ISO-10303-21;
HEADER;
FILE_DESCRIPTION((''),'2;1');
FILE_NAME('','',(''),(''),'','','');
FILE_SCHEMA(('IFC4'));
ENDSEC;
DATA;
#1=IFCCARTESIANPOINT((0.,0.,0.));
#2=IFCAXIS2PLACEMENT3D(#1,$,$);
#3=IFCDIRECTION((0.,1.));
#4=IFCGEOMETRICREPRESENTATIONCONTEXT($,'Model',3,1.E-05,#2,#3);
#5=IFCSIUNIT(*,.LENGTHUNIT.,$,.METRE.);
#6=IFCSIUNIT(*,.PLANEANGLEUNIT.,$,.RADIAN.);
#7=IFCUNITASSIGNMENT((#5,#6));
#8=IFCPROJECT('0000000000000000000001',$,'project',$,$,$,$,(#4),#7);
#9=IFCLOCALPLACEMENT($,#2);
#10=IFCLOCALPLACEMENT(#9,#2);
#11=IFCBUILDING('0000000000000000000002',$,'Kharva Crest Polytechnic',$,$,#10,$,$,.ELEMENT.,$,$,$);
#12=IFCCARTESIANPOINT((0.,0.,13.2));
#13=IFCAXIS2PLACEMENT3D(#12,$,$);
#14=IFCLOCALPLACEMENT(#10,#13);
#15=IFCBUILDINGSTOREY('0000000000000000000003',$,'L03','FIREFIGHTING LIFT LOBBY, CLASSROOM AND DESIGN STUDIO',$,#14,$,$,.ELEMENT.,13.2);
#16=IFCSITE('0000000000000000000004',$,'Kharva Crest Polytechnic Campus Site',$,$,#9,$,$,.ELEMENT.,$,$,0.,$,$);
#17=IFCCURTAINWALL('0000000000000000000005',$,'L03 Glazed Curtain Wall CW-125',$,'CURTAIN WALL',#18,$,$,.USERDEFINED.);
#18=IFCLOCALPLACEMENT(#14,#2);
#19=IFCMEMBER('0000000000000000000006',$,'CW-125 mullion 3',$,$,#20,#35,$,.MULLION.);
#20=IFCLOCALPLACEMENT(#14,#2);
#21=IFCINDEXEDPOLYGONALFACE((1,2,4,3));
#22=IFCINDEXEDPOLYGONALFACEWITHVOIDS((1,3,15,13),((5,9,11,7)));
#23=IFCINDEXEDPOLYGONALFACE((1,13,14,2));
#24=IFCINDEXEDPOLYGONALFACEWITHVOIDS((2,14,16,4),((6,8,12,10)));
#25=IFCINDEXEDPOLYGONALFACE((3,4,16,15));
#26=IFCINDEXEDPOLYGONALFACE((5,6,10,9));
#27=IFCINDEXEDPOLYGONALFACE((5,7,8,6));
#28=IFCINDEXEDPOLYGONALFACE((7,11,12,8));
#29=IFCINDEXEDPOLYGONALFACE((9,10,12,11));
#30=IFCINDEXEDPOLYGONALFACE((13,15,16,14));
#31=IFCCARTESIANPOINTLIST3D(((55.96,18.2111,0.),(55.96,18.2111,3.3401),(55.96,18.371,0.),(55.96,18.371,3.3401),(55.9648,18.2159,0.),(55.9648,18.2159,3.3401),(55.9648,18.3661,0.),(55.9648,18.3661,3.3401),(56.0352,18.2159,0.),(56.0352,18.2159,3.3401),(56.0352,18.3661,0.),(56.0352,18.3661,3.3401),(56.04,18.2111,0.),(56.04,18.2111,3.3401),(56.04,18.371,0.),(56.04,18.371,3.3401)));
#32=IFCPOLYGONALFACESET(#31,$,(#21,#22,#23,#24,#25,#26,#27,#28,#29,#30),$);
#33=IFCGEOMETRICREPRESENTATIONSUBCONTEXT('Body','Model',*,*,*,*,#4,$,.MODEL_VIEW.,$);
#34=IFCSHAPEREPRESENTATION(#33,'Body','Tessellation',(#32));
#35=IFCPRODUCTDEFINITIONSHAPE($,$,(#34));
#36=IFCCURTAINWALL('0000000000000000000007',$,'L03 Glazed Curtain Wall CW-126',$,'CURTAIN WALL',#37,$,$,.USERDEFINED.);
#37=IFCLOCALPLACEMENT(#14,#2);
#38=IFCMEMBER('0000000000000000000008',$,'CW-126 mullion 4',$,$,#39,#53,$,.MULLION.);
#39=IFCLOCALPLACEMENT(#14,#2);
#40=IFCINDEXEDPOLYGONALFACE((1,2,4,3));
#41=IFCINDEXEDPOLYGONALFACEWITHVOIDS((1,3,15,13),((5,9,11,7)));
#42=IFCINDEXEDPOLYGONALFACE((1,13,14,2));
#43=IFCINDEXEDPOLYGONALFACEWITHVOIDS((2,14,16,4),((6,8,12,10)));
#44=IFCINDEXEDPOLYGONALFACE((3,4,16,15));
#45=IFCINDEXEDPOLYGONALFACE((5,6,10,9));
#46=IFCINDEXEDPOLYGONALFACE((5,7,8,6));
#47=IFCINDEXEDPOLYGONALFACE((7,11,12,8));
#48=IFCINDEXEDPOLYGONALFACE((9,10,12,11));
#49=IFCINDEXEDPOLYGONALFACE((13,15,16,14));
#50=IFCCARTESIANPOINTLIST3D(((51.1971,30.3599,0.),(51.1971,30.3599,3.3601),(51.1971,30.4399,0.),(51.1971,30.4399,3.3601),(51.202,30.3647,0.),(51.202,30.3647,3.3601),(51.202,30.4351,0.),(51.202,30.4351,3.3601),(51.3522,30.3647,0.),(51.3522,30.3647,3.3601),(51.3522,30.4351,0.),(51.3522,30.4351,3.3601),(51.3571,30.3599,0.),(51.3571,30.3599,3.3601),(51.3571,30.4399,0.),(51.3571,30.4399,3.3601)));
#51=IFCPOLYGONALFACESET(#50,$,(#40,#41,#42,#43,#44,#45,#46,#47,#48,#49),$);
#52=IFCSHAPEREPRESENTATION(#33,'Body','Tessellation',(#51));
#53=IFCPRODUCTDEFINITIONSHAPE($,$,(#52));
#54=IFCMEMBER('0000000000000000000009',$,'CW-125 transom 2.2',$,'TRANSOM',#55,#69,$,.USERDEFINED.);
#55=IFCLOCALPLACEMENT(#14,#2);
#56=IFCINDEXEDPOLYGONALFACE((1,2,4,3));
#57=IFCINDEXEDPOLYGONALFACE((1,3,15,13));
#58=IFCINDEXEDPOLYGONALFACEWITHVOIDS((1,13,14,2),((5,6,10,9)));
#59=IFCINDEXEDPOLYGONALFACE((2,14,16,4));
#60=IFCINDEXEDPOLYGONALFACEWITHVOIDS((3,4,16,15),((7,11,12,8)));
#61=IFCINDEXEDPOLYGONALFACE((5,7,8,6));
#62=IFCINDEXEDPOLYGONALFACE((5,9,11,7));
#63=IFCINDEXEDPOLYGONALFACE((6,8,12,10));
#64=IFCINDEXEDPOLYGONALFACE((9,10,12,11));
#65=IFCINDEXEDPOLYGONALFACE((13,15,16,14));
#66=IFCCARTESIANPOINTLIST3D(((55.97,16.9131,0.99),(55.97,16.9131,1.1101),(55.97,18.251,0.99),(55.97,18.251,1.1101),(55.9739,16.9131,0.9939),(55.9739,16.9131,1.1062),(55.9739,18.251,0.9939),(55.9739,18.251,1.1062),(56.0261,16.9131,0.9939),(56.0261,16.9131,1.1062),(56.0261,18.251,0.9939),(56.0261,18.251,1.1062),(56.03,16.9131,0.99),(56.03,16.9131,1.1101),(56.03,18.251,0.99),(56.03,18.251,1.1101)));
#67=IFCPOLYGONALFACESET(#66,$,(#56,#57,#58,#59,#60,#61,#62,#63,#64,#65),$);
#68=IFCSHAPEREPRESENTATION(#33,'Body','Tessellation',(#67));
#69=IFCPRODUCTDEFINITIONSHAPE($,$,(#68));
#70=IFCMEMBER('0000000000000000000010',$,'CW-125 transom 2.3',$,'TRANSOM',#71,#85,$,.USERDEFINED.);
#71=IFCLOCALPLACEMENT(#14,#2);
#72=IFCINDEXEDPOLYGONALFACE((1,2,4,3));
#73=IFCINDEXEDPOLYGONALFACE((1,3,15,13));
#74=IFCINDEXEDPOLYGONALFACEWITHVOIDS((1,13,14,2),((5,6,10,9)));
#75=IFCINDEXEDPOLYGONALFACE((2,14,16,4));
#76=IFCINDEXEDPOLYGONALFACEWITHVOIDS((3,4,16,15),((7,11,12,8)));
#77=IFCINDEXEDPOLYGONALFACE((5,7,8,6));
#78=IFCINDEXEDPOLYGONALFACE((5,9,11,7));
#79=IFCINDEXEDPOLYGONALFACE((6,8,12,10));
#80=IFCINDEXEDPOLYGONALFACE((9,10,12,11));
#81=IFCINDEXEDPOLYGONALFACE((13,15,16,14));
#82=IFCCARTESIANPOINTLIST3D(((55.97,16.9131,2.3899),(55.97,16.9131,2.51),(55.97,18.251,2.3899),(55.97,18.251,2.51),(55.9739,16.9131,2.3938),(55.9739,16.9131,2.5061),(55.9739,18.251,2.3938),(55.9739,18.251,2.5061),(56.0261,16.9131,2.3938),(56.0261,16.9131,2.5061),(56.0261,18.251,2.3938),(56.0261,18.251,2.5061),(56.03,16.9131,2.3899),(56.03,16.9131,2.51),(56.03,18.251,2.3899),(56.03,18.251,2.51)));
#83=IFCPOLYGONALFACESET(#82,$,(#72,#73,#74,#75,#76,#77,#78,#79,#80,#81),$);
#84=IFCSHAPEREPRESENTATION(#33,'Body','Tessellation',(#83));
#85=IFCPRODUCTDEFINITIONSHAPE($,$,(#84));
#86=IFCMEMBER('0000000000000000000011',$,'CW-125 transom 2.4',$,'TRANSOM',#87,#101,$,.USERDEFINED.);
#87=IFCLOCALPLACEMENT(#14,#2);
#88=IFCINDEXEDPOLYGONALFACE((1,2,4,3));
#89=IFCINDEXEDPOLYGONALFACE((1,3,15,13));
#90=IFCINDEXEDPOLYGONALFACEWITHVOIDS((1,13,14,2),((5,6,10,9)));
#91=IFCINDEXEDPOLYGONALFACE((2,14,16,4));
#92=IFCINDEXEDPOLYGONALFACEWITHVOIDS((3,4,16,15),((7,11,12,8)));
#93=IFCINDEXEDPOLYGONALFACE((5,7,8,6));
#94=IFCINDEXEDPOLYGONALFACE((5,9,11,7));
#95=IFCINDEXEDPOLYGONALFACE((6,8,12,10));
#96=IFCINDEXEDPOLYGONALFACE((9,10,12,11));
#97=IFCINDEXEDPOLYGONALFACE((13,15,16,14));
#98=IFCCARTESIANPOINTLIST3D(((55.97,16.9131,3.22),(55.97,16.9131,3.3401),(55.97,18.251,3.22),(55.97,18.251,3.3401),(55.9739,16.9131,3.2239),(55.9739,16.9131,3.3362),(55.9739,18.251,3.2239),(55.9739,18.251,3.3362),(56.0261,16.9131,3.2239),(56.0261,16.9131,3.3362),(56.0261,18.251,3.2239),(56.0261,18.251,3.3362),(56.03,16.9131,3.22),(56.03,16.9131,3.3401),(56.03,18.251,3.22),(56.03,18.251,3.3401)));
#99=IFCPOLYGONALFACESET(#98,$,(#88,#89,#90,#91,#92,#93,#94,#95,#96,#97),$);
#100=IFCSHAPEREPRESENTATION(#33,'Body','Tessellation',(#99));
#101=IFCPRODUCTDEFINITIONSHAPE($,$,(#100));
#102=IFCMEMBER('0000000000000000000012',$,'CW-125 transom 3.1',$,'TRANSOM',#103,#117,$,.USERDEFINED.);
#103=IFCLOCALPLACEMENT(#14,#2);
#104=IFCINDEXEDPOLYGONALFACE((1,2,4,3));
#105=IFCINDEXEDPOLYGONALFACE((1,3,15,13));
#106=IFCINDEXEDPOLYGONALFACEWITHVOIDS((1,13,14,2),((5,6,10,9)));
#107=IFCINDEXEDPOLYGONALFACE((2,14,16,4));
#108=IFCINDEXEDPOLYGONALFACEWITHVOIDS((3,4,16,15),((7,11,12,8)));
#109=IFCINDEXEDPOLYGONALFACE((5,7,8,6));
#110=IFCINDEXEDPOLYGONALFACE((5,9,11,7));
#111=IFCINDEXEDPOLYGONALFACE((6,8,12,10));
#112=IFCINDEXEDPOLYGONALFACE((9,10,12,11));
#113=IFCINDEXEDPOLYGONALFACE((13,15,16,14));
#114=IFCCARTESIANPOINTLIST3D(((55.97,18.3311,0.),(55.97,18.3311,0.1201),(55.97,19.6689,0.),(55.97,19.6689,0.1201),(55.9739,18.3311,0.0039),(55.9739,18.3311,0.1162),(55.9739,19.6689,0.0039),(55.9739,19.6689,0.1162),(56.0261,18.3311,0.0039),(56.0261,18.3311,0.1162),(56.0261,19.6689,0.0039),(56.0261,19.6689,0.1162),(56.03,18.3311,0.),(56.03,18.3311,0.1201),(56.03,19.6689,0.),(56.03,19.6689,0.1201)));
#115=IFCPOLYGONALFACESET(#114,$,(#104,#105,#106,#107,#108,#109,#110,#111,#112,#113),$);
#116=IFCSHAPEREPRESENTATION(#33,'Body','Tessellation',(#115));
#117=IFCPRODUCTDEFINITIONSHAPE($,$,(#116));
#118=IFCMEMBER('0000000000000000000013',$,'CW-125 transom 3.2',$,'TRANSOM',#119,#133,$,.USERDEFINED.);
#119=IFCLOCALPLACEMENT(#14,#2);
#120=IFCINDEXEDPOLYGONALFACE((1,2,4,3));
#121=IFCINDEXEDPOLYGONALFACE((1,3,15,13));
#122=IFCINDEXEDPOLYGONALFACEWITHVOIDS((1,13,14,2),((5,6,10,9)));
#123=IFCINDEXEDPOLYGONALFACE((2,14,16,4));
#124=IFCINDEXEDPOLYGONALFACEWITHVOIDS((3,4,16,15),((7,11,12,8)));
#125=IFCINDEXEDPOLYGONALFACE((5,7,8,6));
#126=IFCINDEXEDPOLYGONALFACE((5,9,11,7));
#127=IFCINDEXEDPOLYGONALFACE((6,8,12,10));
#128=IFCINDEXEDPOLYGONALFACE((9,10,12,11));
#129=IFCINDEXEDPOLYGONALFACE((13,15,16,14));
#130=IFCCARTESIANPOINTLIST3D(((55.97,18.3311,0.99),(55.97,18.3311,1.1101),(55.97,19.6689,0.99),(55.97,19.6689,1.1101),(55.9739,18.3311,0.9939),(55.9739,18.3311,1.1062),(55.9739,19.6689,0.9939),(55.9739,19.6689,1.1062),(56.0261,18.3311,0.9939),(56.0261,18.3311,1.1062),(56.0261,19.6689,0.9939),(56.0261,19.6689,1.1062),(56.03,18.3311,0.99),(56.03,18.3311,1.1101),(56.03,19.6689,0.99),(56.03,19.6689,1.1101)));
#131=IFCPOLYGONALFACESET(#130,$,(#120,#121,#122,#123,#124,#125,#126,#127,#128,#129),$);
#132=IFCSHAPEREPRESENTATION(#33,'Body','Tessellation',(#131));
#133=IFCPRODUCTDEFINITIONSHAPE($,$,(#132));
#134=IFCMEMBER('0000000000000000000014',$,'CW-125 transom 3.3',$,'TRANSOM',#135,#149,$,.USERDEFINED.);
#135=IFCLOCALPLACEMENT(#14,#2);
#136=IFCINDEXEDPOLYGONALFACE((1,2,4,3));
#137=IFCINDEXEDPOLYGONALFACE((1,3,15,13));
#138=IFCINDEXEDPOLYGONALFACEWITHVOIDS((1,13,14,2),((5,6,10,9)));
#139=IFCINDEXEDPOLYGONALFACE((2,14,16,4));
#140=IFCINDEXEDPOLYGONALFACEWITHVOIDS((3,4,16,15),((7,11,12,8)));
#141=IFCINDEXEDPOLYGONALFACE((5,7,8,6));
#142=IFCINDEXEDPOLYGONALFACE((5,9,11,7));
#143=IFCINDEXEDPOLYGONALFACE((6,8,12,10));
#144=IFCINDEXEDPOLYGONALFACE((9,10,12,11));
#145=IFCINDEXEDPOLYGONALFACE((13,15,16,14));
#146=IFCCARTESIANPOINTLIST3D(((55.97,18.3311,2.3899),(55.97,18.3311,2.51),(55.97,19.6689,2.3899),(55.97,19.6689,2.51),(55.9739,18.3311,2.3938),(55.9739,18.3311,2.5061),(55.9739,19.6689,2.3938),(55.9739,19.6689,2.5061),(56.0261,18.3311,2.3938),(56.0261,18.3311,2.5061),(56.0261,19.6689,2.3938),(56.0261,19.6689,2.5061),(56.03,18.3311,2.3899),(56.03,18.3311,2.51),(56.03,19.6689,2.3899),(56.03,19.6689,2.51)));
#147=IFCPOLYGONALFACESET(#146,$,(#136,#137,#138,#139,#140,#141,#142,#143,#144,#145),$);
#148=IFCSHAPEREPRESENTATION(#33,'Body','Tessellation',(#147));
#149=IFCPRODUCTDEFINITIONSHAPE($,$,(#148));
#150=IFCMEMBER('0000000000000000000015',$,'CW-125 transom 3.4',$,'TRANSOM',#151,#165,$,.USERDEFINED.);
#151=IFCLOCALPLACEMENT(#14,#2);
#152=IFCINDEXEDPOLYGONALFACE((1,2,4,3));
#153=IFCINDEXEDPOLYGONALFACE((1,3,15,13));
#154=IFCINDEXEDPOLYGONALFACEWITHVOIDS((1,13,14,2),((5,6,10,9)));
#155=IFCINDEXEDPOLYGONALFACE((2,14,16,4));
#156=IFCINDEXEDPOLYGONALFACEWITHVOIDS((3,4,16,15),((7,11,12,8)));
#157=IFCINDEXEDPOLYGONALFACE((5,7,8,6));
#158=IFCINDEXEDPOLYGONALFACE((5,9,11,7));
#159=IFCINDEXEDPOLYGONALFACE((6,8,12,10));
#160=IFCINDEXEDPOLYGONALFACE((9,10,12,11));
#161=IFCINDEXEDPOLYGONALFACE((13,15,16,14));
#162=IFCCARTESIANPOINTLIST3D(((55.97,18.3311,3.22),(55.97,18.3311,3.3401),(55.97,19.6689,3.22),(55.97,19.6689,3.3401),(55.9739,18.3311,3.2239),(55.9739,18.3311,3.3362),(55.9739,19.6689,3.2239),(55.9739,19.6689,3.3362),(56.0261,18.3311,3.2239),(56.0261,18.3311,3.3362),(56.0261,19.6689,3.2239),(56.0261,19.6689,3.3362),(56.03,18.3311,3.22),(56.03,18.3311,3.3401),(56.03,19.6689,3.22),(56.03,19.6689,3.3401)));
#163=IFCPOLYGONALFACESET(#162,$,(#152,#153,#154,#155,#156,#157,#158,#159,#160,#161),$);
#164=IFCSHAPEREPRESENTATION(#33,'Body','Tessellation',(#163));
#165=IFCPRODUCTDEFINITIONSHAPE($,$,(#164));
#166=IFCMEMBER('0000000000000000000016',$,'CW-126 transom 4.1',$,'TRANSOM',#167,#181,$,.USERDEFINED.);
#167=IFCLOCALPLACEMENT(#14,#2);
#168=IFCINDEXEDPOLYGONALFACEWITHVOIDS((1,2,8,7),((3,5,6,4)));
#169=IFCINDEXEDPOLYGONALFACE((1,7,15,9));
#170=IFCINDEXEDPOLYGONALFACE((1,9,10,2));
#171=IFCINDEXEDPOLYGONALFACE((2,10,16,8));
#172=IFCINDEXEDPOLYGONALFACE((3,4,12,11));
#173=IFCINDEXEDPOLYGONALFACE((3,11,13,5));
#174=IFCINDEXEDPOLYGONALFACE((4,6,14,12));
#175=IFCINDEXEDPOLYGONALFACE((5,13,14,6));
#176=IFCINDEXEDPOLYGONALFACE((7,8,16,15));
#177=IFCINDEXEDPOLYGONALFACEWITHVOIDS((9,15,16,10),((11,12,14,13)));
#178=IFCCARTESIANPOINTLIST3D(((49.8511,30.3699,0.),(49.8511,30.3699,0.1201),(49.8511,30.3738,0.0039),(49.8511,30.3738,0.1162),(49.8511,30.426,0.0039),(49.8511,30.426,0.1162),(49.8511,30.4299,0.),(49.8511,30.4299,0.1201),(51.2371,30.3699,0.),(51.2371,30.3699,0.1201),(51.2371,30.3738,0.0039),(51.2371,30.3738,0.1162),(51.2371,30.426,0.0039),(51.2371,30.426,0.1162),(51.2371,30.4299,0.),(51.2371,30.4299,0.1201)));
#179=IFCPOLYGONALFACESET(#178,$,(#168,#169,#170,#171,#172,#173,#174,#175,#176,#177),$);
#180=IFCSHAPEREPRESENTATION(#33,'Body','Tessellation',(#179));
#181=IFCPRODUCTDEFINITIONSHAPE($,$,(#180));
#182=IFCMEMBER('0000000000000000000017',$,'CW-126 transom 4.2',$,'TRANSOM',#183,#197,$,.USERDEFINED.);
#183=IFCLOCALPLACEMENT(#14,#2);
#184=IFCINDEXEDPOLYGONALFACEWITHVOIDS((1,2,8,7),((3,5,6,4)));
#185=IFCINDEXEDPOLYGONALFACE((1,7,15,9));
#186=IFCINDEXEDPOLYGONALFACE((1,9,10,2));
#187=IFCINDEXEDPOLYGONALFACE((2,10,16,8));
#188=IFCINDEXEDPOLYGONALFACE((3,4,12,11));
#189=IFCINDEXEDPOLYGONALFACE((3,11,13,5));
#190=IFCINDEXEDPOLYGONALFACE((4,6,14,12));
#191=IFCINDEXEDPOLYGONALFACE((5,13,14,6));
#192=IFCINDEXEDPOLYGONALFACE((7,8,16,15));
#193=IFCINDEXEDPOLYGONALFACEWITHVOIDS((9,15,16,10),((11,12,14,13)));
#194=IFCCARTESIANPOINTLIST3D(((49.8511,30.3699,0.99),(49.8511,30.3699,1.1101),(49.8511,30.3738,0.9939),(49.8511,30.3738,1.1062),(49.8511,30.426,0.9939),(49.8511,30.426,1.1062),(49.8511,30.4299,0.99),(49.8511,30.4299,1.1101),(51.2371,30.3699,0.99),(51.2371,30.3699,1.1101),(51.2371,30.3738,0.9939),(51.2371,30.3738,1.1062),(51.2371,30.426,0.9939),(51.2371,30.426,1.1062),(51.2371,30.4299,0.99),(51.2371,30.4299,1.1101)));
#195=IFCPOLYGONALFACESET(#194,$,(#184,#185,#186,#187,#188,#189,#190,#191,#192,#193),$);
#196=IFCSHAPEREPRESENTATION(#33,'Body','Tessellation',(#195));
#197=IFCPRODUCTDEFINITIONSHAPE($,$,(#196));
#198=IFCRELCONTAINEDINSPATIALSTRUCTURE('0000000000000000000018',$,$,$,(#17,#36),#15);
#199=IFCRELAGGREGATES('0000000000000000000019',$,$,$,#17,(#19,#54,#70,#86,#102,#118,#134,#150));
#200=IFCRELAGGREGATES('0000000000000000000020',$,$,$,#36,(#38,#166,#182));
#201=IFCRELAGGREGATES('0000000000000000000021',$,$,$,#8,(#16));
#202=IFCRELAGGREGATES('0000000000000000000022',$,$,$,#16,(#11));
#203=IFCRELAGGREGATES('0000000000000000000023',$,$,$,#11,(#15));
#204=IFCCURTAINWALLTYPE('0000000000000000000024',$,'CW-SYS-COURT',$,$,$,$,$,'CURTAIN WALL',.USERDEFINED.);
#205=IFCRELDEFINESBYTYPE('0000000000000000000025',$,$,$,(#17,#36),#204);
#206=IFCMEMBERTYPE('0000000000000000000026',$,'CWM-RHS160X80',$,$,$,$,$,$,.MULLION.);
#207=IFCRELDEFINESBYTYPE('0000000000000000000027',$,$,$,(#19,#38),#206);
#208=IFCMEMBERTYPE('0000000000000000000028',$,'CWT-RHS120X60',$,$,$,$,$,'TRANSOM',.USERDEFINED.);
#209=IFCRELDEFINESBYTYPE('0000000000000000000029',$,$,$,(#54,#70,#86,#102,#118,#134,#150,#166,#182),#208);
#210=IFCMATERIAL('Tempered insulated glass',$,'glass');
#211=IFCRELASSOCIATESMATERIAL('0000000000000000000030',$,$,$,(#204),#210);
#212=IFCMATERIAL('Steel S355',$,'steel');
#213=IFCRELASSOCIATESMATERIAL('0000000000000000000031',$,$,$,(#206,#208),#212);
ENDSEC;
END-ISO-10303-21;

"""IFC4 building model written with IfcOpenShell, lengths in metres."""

from ifc_helpers import new_model, si_unit, direction, frame, origin, origin_2d, place, context, subcontext, project, spatial, hollow_rectangle, extrude, material, material_profile, profile_set, type_object, element, aggregate, save


model = new_model("IFC4")

# Units and contexts
model_context = context("Model", 3, precision=1e-05, world=origin(), true_north=direction((0.0, 1.0)))
body_context = subcontext(model_context, "Body", "Model", "MODEL_VIEW")
ifc_project = project(units=[si_unit("LENGTHUNIT", "METRE"), si_unit("PLANEANGLEUNIT", "RADIAN")], contexts=[model_context])

# Site, building, storey
site_placement = place(None, origin())
site = spatial("IfcSite", under=ifc_project, at=site_placement, Name="Kharva Crest Polytechnic Campus Site", CompositionType="ELEMENT", RefElevation=0.0)
building_placement = place(site_placement, origin())
building = spatial("IfcBuilding", under=site, at=building_placement, Name="Kharva Crest Polytechnic", CompositionType="ELEMENT")
storey_placement = place(building_placement, frame((0.0, 0.0, 13.2)))
storey = spatial("IfcBuildingStorey", under=building, at=storey_placement, Name="L03", Description="FIREFIGHTING LIFT LOBBY, CLASSROOM AND DESIGN STUDIO", CompositionType="ELEMENT", Elevation=13.2)

# Curtain walls, members
ifc_material_1 = material(Name="Tempered insulated glass", Category="glass")
curtain_wall_type = type_object("IfcCurtainWallType", Name="CW-SYS-COURT", ElementType="CURTAIN WALL", PredefinedType="USERDEFINED", material=ifc_material_1)
curtain_wall_1_placement = place(storey_placement, origin())
curtain_wall_1 = element("IfcCurtainWall", 1, at=curtain_wall_1_placement, inside=storey, type_object=curtain_wall_type, Name="L03 Glazed Curtain Wall CW-125", ObjectType="CURTAIN WALL", PredefinedType="USERDEFINED")
ifc_material_2 = material(Name="Steel S355", Category="steel")
ifc_material_profile_1 = material_profile(ifc_material_2, hollow_rectangle(XDim=0.0801, YDim=0.1599, WallThickness=0.0049, at=origin_2d()), Name="RHS 160X80X5.0")
ifc_profile_set_1 = profile_set([ifc_material_profile_1], Name="Steel S355")
member_type_1 = type_object("IfcMemberType", Name="CWM-RHS160X80", PredefinedType="MULLION", material=ifc_profile_set_1)
member_1_placement = place(storey_placement, frame((56.0, 18.291, 0.0), z_axis=(0.0, 0.0, 1.0), x_axis=(-1.0, 0.0, 0.0)))
member_1 = element("IfcMember", 2, at=member_1_placement, type_object=member_type_1, Name="CW-125 mullion 3", PredefinedType="MULLION", context=body_context, shape_type="SweptSolid", body=[
    extrude(hollow_rectangle(XDim=0.0801, YDim=0.1599, WallThickness=0.0049, at=origin_2d()), origin(), (0.0, 0.0, 1.0), 3.3401),
])
curtain_wall_2_placement = place(storey_placement, origin())
curtain_wall_2 = element("IfcCurtainWall", 3, at=curtain_wall_2_placement, inside=storey, type_object=curtain_wall_type, Name="L03 Glazed Curtain Wall CW-126", ObjectType="CURTAIN WALL", PredefinedType="USERDEFINED")
member_2_placement = place(storey_placement, frame((51.2771, 30.3999, 0.0), z_axis=(0.0, 0.0, 1.0), x_axis=(0.0, -1.0, 0.0)))
member_2 = element("IfcMember", 4, at=member_2_placement, type_object=member_type_1, Name="CW-126 mullion 4", PredefinedType="MULLION", context=body_context, shape_type="SweptSolid", body=[
    extrude(hollow_rectangle(XDim=0.0801, YDim=0.1599, WallThickness=0.0049, at=origin_2d()), origin(), (0.0, 0.0, 1.0), 3.3601),
])

# Members
ifc_material_profile_2 = material_profile(ifc_material_2, hollow_rectangle(XDim=0.0601, YDim=0.1201, WallThickness=0.0039, at=origin_2d()), Name="RHS 120X60X4.0")
ifc_profile_set_2 = profile_set([ifc_material_profile_2], Name="Steel S355")
member_type_2 = type_object("IfcMemberType", Name="CWT-RHS120X60", ElementType="TRANSOM", PredefinedType="USERDEFINED", material=ifc_profile_set_2)
member_3_placement = place(storey_placement, frame((56.0, 16.9131, 1.05), z_axis=(0.0, 1.0, 0.0), x_axis=(-1.0, 0.0, 0.0)))
member_3 = element("IfcMember", 5, at=member_3_placement, type_object=member_type_2, Name="CW-125 transom 2.2", ObjectType="TRANSOM", PredefinedType="USERDEFINED", context=body_context, shape_type="SweptSolid", body=[
    extrude(hollow_rectangle(XDim=0.0601, YDim=0.1201, WallThickness=0.0039, at=origin_2d()), origin(), (0.0, 0.0, 1.0), 1.3379),
])
member_4_placement = place(storey_placement, frame((56.0, 16.9131, 2.45), z_axis=(0.0, 1.0, 0.0), x_axis=(-1.0, 0.0, 0.0)))
member_4 = element("IfcMember", 6, at=member_4_placement, type_object=member_type_2, Name="CW-125 transom 2.3", ObjectType="TRANSOM", PredefinedType="USERDEFINED", context=body_context, shape_type="SweptSolid", body=[
    extrude(hollow_rectangle(XDim=0.0601, YDim=0.1201, WallThickness=0.0039, at=origin_2d()), origin(), (0.0, 0.0, 1.0), 1.3379),
])
member_5_placement = place(storey_placement, frame((56.0, 16.9131, 3.28), z_axis=(0.0, 1.0, 0.0), x_axis=(-1.0, 0.0, 0.0)))
member_5 = element("IfcMember", 7, at=member_5_placement, type_object=member_type_2, Name="CW-125 transom 2.4", ObjectType="TRANSOM", PredefinedType="USERDEFINED", context=body_context, shape_type="SweptSolid", body=[
    extrude(hollow_rectangle(XDim=0.0601, YDim=0.1201, WallThickness=0.0039, at=origin_2d()), origin(), (0.0, 0.0, 1.0), 1.3379),
])
member_6_placement = place(storey_placement, frame((56.0, 18.3311, 0.0601), z_axis=(0.0, 1.0, 0.0), x_axis=(-1.0, 0.0, 0.0)))
member_6 = element("IfcMember", 8, at=member_6_placement, type_object=member_type_2, Name="CW-125 transom 3.1", ObjectType="TRANSOM", PredefinedType="USERDEFINED", context=body_context, shape_type="SweptSolid", body=[
    extrude(hollow_rectangle(XDim=0.0601, YDim=0.1201, WallThickness=0.0039, at=origin_2d()), origin(), (0.0, 0.0, 1.0), 1.3379),
])
member_7_placement = place(storey_placement, frame((56.0, 18.3311, 1.05), z_axis=(0.0, 1.0, 0.0), x_axis=(-1.0, 0.0, 0.0)))
member_7 = element("IfcMember", 9, at=member_7_placement, type_object=member_type_2, Name="CW-125 transom 3.2", ObjectType="TRANSOM", PredefinedType="USERDEFINED", context=body_context, shape_type="SweptSolid", body=[
    extrude(hollow_rectangle(XDim=0.0601, YDim=0.1201, WallThickness=0.0039, at=origin_2d()), origin(), (0.0, 0.0, 1.0), 1.3379),
])
member_8_placement = place(storey_placement, frame((56.0, 18.3311, 2.45), z_axis=(0.0, 1.0, 0.0), x_axis=(-1.0, 0.0, 0.0)))
member_8 = element("IfcMember", 10, at=member_8_placement, type_object=member_type_2, Name="CW-125 transom 3.3", ObjectType="TRANSOM", PredefinedType="USERDEFINED", context=body_context, shape_type="SweptSolid", body=[
    extrude(hollow_rectangle(XDim=0.0601, YDim=0.1201, WallThickness=0.0039, at=origin_2d()), origin(), (0.0, 0.0, 1.0), 1.3379),
])
member_9_placement = place(storey_placement, frame((56.0, 18.3311, 3.28), z_axis=(0.0, 1.0, 0.0), x_axis=(-1.0, 0.0, 0.0)))
member_9 = element("IfcMember", 11, at=member_9_placement, type_object=member_type_2, Name="CW-125 transom 3.4", ObjectType="TRANSOM", PredefinedType="USERDEFINED", context=body_context, shape_type="SweptSolid", body=[
    extrude(hollow_rectangle(XDim=0.0601, YDim=0.1201, WallThickness=0.0039, at=origin_2d()), origin(), (0.0, 0.0, 1.0), 1.3379),
])
member_10_placement = place(storey_placement, frame((51.2371, 30.3999, 0.0601), z_axis=(-1.0, 0.0, 0.0), x_axis=(0.0, -1.0, 0.0)))
member_10 = element("IfcMember", 12, at=member_10_placement, type_object=member_type_2, Name="CW-126 transom 4.1", ObjectType="TRANSOM", PredefinedType="USERDEFINED", context=body_context, shape_type="SweptSolid", body=[
    extrude(hollow_rectangle(XDim=0.0601, YDim=0.1201, WallThickness=0.0039, at=origin_2d()), origin(), (0.0, 0.0, 1.0), 1.386),
])
member_11_placement = place(storey_placement, frame((51.2371, 30.3999, 1.05), z_axis=(-1.0, 0.0, 0.0), x_axis=(0.0, -1.0, 0.0)))
member_11 = element("IfcMember", 13, at=member_11_placement, type_object=member_type_2, Name="CW-126 transom 4.2", ObjectType="TRANSOM", PredefinedType="USERDEFINED", context=body_context, shape_type="SweptSolid", body=[
    extrude(hollow_rectangle(XDim=0.0601, YDim=0.1201, WallThickness=0.0039, at=origin_2d()), origin(), (0.0, 0.0, 1.0), 1.386),
])

aggregate(curtain_wall_1, [member_1, member_3, member_4, member_5, member_6, member_7, member_8, member_9])
aggregate(curtain_wall_2, [member_2, member_10, member_11])

save(model, "model.ifc")
